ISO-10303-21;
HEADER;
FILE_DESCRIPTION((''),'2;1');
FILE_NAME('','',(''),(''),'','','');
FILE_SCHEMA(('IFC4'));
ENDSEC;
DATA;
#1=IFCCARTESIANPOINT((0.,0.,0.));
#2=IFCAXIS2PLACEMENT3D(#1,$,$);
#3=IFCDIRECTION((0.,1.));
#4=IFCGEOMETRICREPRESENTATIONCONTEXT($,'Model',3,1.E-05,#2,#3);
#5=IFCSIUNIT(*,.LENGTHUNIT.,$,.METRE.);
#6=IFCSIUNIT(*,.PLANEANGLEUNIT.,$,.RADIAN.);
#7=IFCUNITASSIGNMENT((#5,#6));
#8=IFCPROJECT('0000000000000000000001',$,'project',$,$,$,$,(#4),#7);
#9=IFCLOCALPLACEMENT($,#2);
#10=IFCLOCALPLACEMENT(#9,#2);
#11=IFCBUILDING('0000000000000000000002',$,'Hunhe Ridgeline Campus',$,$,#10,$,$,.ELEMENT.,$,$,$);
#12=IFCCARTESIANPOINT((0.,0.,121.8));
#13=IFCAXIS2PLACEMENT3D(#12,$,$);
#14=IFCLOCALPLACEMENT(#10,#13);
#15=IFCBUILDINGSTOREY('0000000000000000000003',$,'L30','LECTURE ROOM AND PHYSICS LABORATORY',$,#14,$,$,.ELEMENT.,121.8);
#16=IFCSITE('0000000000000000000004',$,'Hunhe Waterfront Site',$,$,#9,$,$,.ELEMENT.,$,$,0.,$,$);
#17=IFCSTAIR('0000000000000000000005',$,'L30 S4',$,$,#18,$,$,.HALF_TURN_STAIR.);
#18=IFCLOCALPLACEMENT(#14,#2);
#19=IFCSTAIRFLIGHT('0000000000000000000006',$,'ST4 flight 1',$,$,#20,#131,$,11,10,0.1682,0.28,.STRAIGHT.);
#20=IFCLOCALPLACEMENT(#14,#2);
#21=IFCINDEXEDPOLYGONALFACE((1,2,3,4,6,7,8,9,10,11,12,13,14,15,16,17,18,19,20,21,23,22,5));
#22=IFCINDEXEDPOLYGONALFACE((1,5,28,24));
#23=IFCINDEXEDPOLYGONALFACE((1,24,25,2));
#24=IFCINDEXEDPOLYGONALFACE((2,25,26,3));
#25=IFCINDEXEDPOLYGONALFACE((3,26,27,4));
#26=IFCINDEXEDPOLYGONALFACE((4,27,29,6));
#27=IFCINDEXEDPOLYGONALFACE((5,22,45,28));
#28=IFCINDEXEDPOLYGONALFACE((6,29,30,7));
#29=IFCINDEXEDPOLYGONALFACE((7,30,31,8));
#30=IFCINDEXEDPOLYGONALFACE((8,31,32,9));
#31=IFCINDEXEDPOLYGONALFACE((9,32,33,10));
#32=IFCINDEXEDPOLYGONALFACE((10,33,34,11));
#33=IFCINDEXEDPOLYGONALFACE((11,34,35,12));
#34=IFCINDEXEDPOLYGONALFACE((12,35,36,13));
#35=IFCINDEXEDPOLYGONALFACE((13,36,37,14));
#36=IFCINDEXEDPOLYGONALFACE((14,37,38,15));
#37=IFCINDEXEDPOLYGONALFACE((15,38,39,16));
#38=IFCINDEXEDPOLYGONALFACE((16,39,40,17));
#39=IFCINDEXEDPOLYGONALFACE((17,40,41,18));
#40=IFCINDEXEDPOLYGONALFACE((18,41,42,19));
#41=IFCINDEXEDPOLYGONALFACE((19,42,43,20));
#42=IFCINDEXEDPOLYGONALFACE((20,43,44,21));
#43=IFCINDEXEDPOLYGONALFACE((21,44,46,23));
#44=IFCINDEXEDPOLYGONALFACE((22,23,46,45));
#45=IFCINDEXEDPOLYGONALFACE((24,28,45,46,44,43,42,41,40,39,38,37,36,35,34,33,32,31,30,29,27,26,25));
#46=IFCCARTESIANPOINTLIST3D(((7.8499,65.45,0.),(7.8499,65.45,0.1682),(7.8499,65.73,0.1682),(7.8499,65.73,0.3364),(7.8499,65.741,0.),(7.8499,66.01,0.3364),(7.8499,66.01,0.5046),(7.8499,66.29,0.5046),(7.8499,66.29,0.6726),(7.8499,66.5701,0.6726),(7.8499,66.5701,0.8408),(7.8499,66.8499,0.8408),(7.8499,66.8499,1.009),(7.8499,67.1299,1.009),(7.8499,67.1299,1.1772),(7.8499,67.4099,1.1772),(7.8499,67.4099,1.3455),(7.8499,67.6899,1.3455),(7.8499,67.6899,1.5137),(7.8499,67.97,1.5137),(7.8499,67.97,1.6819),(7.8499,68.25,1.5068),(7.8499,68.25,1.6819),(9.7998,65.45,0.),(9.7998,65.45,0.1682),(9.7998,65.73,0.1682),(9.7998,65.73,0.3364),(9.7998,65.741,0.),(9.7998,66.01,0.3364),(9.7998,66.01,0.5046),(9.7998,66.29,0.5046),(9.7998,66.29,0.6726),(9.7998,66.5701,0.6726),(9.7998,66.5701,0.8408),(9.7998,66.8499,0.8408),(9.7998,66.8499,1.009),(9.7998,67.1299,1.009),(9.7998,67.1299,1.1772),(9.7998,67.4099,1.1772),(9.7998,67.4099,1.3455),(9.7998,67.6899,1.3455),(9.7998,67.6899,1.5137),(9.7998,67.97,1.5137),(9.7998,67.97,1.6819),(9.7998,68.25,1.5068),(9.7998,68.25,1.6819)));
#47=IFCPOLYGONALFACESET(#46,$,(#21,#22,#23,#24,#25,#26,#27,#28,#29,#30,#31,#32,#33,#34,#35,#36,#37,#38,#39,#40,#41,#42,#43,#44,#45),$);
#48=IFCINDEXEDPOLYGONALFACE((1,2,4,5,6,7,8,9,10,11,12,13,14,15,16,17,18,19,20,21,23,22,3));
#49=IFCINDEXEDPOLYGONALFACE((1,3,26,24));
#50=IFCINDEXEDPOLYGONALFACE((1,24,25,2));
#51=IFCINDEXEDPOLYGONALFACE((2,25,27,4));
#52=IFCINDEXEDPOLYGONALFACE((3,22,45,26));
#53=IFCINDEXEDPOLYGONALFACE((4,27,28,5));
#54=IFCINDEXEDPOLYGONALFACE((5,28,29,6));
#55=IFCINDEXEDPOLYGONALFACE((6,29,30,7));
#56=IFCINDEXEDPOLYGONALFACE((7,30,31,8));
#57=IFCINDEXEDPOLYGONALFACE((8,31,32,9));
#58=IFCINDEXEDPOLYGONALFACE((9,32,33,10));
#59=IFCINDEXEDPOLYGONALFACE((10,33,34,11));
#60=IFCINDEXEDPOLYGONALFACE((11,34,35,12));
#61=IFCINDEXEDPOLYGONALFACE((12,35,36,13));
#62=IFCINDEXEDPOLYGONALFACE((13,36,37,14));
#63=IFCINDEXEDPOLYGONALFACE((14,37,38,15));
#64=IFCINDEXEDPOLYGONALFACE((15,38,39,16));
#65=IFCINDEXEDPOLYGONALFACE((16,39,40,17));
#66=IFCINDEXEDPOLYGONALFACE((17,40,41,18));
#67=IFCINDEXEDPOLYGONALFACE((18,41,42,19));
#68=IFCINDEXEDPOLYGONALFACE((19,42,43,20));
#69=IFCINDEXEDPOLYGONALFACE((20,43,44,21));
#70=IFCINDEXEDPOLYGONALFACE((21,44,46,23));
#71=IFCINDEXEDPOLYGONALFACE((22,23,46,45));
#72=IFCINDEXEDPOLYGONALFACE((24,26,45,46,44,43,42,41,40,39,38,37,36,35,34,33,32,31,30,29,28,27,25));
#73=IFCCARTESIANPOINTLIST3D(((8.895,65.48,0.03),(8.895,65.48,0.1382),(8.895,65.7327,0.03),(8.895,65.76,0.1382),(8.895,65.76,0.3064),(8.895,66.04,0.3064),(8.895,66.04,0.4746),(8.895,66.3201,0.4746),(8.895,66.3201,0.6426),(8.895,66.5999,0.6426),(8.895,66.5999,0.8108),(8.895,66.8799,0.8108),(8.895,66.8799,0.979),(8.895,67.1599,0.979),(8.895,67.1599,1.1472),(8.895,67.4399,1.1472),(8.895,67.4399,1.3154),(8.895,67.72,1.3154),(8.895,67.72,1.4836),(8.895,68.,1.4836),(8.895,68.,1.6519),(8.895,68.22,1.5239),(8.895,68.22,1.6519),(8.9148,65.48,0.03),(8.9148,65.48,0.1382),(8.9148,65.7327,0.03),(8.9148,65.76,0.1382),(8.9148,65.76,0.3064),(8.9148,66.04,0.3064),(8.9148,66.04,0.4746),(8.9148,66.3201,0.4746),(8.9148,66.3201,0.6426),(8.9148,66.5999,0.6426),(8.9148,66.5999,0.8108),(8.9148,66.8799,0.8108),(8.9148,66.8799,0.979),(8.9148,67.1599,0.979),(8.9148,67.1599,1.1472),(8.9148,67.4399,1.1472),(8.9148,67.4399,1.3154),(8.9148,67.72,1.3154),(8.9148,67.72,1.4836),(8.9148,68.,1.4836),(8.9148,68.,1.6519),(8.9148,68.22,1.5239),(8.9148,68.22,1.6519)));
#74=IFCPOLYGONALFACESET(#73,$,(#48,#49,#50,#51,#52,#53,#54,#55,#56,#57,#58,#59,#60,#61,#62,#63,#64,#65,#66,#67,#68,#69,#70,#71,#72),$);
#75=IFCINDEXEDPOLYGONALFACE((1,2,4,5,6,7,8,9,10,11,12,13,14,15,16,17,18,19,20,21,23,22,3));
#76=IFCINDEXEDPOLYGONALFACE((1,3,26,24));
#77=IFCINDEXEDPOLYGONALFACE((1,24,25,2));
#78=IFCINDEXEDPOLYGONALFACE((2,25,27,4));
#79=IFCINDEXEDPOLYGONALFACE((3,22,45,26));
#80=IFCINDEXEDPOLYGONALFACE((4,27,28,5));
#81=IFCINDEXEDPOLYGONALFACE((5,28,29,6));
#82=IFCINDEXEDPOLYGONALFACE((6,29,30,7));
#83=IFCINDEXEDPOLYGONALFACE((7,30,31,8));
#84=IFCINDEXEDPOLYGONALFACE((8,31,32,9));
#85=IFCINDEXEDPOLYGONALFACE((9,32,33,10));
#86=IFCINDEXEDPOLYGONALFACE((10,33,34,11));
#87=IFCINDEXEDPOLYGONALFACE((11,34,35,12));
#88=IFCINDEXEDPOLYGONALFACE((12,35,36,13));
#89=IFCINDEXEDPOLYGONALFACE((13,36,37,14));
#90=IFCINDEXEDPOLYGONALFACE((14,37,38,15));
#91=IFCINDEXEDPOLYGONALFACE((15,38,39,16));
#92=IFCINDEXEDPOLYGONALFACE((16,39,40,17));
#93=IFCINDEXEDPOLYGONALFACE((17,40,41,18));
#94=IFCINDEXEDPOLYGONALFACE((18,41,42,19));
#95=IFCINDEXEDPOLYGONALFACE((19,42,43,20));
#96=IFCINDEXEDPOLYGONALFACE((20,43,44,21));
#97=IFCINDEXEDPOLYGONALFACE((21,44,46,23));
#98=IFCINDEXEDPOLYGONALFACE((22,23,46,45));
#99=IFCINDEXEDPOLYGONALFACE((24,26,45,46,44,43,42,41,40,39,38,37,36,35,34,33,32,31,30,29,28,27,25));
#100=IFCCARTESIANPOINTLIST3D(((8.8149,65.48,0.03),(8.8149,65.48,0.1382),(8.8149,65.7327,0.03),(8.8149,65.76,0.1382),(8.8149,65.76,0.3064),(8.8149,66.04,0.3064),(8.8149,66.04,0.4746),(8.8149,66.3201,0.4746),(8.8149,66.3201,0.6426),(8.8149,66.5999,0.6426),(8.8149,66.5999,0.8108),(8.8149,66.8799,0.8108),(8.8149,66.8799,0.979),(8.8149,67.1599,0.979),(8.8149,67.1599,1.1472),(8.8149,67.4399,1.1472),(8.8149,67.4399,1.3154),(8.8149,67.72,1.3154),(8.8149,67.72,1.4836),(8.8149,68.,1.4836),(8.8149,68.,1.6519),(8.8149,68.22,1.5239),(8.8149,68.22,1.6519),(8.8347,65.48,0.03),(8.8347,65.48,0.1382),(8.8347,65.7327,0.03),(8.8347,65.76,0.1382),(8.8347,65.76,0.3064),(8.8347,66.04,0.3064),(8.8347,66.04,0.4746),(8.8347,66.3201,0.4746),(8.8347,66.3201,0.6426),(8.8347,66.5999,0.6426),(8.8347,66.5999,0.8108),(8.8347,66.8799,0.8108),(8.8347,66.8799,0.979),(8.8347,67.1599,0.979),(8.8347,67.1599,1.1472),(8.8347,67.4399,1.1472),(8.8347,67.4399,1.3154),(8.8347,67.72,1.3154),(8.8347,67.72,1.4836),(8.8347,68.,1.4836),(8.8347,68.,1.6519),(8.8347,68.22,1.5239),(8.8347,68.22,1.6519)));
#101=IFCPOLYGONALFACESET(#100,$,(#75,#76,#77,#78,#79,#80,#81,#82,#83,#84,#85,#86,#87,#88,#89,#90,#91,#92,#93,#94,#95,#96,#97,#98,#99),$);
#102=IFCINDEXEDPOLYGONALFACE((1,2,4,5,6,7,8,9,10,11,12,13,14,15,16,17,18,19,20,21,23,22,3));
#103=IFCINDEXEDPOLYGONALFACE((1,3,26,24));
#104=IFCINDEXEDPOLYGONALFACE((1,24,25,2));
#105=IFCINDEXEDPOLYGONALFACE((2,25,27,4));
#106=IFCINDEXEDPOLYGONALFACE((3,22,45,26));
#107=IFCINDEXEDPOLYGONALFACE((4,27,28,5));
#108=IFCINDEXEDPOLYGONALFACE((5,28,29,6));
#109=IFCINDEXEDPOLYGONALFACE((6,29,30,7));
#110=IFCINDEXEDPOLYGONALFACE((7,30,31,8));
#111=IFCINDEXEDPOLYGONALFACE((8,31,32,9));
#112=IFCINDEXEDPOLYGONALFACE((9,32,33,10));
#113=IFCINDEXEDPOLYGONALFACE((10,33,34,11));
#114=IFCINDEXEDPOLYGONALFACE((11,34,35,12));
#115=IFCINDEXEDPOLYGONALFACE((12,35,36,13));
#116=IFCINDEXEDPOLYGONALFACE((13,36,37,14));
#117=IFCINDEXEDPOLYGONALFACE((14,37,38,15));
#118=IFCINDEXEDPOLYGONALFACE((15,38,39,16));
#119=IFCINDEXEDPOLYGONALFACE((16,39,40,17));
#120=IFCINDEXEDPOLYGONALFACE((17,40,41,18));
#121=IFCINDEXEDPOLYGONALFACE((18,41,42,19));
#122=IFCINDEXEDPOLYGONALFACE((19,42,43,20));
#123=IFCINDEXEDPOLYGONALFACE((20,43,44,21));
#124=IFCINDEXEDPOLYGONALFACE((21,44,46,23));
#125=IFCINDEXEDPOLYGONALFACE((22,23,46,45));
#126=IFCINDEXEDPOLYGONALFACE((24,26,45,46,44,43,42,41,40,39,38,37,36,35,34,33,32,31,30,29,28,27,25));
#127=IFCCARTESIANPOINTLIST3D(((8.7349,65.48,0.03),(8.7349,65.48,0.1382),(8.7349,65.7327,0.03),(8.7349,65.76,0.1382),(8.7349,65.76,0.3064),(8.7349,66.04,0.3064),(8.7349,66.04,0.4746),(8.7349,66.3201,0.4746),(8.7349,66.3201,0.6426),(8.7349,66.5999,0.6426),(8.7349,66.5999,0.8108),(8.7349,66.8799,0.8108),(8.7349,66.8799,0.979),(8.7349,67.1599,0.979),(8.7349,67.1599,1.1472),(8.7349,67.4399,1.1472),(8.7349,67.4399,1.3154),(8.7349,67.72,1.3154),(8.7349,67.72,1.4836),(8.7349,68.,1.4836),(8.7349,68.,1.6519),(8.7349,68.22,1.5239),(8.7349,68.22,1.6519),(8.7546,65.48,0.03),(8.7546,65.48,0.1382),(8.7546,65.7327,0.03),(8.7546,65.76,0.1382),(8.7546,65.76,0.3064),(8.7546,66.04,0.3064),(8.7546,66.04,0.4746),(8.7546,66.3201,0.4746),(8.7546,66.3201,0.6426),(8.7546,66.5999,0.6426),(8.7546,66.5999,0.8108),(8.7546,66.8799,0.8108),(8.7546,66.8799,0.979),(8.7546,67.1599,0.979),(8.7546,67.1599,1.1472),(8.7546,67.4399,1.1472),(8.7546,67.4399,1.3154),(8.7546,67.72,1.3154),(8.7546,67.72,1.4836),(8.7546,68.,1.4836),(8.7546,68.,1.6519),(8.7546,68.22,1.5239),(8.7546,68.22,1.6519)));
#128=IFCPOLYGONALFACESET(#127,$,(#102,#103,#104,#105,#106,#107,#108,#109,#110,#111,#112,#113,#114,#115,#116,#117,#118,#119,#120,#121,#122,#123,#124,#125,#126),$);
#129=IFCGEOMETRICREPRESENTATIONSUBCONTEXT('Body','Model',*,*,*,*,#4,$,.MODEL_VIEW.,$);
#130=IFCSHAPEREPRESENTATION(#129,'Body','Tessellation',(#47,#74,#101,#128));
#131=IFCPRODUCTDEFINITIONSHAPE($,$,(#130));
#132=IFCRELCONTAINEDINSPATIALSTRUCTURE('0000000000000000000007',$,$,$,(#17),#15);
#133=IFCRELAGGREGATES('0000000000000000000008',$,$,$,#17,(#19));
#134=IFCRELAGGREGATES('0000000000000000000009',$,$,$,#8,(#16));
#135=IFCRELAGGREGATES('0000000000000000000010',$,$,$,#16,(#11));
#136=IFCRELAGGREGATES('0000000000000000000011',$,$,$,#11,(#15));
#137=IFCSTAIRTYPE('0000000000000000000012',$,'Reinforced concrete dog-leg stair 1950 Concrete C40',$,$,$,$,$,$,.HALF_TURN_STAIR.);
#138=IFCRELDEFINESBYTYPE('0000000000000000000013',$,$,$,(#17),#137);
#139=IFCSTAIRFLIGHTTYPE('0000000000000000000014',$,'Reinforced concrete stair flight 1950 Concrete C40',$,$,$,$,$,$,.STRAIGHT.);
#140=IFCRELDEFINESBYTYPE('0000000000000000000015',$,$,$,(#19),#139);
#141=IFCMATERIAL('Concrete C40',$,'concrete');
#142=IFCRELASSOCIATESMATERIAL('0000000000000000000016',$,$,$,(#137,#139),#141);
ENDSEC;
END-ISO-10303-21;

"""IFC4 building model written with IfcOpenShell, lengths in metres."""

from ifc_helpers import new_model, si_unit, direction, frame, origin, place, context, subcontext, project, spatial, polyline, outline, extrude, material, type_object, element, aggregate, save


model = new_model("IFC4")

# Units and contexts
model_context = context("Model", 3, precision=1e-05, world=origin(), true_north=direction((0.0, 1.0)))
body_context = subcontext(model_context, "Body", "Model", "MODEL_VIEW")
ifc_project = project(units=[si_unit("LENGTHUNIT", "METRE"), si_unit("PLANEANGLEUNIT", "RADIAN")], contexts=[model_context])

# Site, building, storey
site_placement = place(None, origin())
site = spatial("IfcSite", under=ifc_project, at=site_placement, Name="Hunhe Waterfront Site", CompositionType="ELEMENT", RefElevation=0.0)
building_placement = place(site_placement, origin())
building = spatial("IfcBuilding", under=site, at=building_placement, Name="Hunhe Ridgeline Campus", CompositionType="ELEMENT")
storey_placement = place(building_placement, frame((0.0, 0.0, 121.8)))
storey = spatial("IfcBuildingStorey", under=building, at=storey_placement, Name="L30", Description="LECTURE ROOM AND PHYSICS LABORATORY", CompositionType="ELEMENT", Elevation=121.8)

# Stair, stair flight
ifc_material_1 = material(Name="Concrete C40", Category="concrete")
stair_type = type_object("IfcStairType", Name="Reinforced concrete dog-leg stair 1950 Concrete C40", PredefinedType="HALF_TURN_STAIR", material=ifc_material_1)
stair_flight_type = type_object("IfcStairFlightType", Name="Reinforced concrete stair flight 1950 Concrete C40", PredefinedType="STRAIGHT", material=ifc_material_1)
stair_1_placement = place(storey_placement, origin())
stair_1 = element("IfcStair", 1, at=stair_1_placement, inside=storey, type_object=stair_type, Name="L30 S4", PredefinedType="HALF_TURN_STAIR")
stair_flight_1_placement = place(storey_placement, frame((8.825, 65.45, 0.0), z_axis=(0.0, 0.0, 1.0), x_axis=(0.0, 1.0, 0.0)))
stair_flight_1 = element("IfcStairFlight", 2, at=stair_flight_1_placement, type_object=stair_flight_type, Name="ST4 flight 1", NumberOfRisers=11, NumberOfTreads=10, PredefinedType="STRAIGHT", RiserHeight=0.1682, TreadLength=0.28, context=body_context, shape_type="SweptSolid", body=[
    extrude(outline(polyline([(0.0, 0.0), (0.0, 0.1682), (0.28, 0.1682), (0.28, 0.3364), (0.5601, 0.3364), (0.5601, 0.5046), (0.8401, 0.5046), (0.8401, 0.6726), (1.1201, 0.6726), (1.1201, 0.8408), (1.3999, 0.8408), (1.3999, 1.009), (1.6799, 1.009), (1.6799, 1.1772), (1.96, 1.1772), (1.96, 1.3455), (2.24, 1.3455), (2.24, 1.5137), (2.52, 1.5137), (2.52, 1.6819), (2.8, 1.6819), (2.8, 1.8501), (2.8, 1.5068), (0.291, 0.0), (0.0, 0.0)])), frame((0.0, 0.9751, 0.0), z_axis=(0.0, -1.0, 0.0), x_axis=(1.0, 0.0, 0.0)), (0.0, 0.0, 1.0), 1.95),
    extrude(outline(polyline([(0.03, 0.03), (0.03, 0.1382), (0.3101, 0.1382), (0.3101, 0.3064), (0.5901, 0.3064), (0.5901, 0.4746), (0.8701, 0.4746), (0.8701, 0.6426), (1.1499, 0.6426), (1.1499, 0.8108), (1.4299, 0.8108), (1.4299, 0.979), (1.71, 0.979), (1.71, 1.1472), (1.99, 1.1472), (1.99, 1.3154), (2.27, 1.3154), (2.27, 1.4836), (2.55, 1.4836), (2.55, 1.6519), (2.77, 1.6519), (2.77, 1.5239), (0.2827, 0.03), (0.03, 0.03)])), frame((0.0, -0.0701, 0.0), z_axis=(0.0, -1.0, 0.0), x_axis=(1.0, 0.0, 0.0)), (0.0, 0.0, 1.0), 0.0198),
    extrude(outline(polyline([(0.03, 0.03), (0.03, 0.1382), (0.3101, 0.1382), (0.3101, 0.3064), (0.5901, 0.3064), (0.5901, 0.4746), (0.8701, 0.4746), (0.8701, 0.6426), (1.1499, 0.6426), (1.1499, 0.8108), (1.4299, 0.8108), (1.4299, 0.979), (1.71, 0.979), (1.71, 1.1472), (1.99, 1.1472), (1.99, 1.3154), (2.27, 1.3154), (2.27, 1.4836), (2.55, 1.4836), (2.55, 1.6519), (2.77, 1.6519), (2.77, 1.5239), (0.2827, 0.03), (0.03, 0.03)])), frame((0.0, 0.01, 0.0), z_axis=(0.0, -1.0, 0.0), x_axis=(1.0, 0.0, 0.0)), (0.0, 0.0, 1.0), 0.0198),
    extrude(outline(polyline([(0.03, 0.03), (0.03, 0.1382), (0.3101, 0.1382), (0.3101, 0.3064), (0.5901, 0.3064), (0.5901, 0.4746), (0.8701, 0.4746), (0.8701, 0.6426), (1.1499, 0.6426), (1.1499, 0.8108), (1.4299, 0.8108), (1.4299, 0.979), (1.71, 0.979), (1.71, 1.1472), (1.99, 1.1472), (1.99, 1.3154), (2.27, 1.3154), (2.27, 1.4836), (2.55, 1.4836), (2.55, 1.6519), (2.77, 1.6519), (2.77, 1.5239), (0.2827, 0.03), (0.03, 0.03)])), frame((0.0, 0.0901, 0.0), z_axis=(0.0, -1.0, 0.0), x_axis=(1.0, 0.0, 0.0)), (0.0, 0.0, 1.0), 0.0198),
])
aggregate(stair_1, [stair_flight_1])

save(model, "model.ifc")
